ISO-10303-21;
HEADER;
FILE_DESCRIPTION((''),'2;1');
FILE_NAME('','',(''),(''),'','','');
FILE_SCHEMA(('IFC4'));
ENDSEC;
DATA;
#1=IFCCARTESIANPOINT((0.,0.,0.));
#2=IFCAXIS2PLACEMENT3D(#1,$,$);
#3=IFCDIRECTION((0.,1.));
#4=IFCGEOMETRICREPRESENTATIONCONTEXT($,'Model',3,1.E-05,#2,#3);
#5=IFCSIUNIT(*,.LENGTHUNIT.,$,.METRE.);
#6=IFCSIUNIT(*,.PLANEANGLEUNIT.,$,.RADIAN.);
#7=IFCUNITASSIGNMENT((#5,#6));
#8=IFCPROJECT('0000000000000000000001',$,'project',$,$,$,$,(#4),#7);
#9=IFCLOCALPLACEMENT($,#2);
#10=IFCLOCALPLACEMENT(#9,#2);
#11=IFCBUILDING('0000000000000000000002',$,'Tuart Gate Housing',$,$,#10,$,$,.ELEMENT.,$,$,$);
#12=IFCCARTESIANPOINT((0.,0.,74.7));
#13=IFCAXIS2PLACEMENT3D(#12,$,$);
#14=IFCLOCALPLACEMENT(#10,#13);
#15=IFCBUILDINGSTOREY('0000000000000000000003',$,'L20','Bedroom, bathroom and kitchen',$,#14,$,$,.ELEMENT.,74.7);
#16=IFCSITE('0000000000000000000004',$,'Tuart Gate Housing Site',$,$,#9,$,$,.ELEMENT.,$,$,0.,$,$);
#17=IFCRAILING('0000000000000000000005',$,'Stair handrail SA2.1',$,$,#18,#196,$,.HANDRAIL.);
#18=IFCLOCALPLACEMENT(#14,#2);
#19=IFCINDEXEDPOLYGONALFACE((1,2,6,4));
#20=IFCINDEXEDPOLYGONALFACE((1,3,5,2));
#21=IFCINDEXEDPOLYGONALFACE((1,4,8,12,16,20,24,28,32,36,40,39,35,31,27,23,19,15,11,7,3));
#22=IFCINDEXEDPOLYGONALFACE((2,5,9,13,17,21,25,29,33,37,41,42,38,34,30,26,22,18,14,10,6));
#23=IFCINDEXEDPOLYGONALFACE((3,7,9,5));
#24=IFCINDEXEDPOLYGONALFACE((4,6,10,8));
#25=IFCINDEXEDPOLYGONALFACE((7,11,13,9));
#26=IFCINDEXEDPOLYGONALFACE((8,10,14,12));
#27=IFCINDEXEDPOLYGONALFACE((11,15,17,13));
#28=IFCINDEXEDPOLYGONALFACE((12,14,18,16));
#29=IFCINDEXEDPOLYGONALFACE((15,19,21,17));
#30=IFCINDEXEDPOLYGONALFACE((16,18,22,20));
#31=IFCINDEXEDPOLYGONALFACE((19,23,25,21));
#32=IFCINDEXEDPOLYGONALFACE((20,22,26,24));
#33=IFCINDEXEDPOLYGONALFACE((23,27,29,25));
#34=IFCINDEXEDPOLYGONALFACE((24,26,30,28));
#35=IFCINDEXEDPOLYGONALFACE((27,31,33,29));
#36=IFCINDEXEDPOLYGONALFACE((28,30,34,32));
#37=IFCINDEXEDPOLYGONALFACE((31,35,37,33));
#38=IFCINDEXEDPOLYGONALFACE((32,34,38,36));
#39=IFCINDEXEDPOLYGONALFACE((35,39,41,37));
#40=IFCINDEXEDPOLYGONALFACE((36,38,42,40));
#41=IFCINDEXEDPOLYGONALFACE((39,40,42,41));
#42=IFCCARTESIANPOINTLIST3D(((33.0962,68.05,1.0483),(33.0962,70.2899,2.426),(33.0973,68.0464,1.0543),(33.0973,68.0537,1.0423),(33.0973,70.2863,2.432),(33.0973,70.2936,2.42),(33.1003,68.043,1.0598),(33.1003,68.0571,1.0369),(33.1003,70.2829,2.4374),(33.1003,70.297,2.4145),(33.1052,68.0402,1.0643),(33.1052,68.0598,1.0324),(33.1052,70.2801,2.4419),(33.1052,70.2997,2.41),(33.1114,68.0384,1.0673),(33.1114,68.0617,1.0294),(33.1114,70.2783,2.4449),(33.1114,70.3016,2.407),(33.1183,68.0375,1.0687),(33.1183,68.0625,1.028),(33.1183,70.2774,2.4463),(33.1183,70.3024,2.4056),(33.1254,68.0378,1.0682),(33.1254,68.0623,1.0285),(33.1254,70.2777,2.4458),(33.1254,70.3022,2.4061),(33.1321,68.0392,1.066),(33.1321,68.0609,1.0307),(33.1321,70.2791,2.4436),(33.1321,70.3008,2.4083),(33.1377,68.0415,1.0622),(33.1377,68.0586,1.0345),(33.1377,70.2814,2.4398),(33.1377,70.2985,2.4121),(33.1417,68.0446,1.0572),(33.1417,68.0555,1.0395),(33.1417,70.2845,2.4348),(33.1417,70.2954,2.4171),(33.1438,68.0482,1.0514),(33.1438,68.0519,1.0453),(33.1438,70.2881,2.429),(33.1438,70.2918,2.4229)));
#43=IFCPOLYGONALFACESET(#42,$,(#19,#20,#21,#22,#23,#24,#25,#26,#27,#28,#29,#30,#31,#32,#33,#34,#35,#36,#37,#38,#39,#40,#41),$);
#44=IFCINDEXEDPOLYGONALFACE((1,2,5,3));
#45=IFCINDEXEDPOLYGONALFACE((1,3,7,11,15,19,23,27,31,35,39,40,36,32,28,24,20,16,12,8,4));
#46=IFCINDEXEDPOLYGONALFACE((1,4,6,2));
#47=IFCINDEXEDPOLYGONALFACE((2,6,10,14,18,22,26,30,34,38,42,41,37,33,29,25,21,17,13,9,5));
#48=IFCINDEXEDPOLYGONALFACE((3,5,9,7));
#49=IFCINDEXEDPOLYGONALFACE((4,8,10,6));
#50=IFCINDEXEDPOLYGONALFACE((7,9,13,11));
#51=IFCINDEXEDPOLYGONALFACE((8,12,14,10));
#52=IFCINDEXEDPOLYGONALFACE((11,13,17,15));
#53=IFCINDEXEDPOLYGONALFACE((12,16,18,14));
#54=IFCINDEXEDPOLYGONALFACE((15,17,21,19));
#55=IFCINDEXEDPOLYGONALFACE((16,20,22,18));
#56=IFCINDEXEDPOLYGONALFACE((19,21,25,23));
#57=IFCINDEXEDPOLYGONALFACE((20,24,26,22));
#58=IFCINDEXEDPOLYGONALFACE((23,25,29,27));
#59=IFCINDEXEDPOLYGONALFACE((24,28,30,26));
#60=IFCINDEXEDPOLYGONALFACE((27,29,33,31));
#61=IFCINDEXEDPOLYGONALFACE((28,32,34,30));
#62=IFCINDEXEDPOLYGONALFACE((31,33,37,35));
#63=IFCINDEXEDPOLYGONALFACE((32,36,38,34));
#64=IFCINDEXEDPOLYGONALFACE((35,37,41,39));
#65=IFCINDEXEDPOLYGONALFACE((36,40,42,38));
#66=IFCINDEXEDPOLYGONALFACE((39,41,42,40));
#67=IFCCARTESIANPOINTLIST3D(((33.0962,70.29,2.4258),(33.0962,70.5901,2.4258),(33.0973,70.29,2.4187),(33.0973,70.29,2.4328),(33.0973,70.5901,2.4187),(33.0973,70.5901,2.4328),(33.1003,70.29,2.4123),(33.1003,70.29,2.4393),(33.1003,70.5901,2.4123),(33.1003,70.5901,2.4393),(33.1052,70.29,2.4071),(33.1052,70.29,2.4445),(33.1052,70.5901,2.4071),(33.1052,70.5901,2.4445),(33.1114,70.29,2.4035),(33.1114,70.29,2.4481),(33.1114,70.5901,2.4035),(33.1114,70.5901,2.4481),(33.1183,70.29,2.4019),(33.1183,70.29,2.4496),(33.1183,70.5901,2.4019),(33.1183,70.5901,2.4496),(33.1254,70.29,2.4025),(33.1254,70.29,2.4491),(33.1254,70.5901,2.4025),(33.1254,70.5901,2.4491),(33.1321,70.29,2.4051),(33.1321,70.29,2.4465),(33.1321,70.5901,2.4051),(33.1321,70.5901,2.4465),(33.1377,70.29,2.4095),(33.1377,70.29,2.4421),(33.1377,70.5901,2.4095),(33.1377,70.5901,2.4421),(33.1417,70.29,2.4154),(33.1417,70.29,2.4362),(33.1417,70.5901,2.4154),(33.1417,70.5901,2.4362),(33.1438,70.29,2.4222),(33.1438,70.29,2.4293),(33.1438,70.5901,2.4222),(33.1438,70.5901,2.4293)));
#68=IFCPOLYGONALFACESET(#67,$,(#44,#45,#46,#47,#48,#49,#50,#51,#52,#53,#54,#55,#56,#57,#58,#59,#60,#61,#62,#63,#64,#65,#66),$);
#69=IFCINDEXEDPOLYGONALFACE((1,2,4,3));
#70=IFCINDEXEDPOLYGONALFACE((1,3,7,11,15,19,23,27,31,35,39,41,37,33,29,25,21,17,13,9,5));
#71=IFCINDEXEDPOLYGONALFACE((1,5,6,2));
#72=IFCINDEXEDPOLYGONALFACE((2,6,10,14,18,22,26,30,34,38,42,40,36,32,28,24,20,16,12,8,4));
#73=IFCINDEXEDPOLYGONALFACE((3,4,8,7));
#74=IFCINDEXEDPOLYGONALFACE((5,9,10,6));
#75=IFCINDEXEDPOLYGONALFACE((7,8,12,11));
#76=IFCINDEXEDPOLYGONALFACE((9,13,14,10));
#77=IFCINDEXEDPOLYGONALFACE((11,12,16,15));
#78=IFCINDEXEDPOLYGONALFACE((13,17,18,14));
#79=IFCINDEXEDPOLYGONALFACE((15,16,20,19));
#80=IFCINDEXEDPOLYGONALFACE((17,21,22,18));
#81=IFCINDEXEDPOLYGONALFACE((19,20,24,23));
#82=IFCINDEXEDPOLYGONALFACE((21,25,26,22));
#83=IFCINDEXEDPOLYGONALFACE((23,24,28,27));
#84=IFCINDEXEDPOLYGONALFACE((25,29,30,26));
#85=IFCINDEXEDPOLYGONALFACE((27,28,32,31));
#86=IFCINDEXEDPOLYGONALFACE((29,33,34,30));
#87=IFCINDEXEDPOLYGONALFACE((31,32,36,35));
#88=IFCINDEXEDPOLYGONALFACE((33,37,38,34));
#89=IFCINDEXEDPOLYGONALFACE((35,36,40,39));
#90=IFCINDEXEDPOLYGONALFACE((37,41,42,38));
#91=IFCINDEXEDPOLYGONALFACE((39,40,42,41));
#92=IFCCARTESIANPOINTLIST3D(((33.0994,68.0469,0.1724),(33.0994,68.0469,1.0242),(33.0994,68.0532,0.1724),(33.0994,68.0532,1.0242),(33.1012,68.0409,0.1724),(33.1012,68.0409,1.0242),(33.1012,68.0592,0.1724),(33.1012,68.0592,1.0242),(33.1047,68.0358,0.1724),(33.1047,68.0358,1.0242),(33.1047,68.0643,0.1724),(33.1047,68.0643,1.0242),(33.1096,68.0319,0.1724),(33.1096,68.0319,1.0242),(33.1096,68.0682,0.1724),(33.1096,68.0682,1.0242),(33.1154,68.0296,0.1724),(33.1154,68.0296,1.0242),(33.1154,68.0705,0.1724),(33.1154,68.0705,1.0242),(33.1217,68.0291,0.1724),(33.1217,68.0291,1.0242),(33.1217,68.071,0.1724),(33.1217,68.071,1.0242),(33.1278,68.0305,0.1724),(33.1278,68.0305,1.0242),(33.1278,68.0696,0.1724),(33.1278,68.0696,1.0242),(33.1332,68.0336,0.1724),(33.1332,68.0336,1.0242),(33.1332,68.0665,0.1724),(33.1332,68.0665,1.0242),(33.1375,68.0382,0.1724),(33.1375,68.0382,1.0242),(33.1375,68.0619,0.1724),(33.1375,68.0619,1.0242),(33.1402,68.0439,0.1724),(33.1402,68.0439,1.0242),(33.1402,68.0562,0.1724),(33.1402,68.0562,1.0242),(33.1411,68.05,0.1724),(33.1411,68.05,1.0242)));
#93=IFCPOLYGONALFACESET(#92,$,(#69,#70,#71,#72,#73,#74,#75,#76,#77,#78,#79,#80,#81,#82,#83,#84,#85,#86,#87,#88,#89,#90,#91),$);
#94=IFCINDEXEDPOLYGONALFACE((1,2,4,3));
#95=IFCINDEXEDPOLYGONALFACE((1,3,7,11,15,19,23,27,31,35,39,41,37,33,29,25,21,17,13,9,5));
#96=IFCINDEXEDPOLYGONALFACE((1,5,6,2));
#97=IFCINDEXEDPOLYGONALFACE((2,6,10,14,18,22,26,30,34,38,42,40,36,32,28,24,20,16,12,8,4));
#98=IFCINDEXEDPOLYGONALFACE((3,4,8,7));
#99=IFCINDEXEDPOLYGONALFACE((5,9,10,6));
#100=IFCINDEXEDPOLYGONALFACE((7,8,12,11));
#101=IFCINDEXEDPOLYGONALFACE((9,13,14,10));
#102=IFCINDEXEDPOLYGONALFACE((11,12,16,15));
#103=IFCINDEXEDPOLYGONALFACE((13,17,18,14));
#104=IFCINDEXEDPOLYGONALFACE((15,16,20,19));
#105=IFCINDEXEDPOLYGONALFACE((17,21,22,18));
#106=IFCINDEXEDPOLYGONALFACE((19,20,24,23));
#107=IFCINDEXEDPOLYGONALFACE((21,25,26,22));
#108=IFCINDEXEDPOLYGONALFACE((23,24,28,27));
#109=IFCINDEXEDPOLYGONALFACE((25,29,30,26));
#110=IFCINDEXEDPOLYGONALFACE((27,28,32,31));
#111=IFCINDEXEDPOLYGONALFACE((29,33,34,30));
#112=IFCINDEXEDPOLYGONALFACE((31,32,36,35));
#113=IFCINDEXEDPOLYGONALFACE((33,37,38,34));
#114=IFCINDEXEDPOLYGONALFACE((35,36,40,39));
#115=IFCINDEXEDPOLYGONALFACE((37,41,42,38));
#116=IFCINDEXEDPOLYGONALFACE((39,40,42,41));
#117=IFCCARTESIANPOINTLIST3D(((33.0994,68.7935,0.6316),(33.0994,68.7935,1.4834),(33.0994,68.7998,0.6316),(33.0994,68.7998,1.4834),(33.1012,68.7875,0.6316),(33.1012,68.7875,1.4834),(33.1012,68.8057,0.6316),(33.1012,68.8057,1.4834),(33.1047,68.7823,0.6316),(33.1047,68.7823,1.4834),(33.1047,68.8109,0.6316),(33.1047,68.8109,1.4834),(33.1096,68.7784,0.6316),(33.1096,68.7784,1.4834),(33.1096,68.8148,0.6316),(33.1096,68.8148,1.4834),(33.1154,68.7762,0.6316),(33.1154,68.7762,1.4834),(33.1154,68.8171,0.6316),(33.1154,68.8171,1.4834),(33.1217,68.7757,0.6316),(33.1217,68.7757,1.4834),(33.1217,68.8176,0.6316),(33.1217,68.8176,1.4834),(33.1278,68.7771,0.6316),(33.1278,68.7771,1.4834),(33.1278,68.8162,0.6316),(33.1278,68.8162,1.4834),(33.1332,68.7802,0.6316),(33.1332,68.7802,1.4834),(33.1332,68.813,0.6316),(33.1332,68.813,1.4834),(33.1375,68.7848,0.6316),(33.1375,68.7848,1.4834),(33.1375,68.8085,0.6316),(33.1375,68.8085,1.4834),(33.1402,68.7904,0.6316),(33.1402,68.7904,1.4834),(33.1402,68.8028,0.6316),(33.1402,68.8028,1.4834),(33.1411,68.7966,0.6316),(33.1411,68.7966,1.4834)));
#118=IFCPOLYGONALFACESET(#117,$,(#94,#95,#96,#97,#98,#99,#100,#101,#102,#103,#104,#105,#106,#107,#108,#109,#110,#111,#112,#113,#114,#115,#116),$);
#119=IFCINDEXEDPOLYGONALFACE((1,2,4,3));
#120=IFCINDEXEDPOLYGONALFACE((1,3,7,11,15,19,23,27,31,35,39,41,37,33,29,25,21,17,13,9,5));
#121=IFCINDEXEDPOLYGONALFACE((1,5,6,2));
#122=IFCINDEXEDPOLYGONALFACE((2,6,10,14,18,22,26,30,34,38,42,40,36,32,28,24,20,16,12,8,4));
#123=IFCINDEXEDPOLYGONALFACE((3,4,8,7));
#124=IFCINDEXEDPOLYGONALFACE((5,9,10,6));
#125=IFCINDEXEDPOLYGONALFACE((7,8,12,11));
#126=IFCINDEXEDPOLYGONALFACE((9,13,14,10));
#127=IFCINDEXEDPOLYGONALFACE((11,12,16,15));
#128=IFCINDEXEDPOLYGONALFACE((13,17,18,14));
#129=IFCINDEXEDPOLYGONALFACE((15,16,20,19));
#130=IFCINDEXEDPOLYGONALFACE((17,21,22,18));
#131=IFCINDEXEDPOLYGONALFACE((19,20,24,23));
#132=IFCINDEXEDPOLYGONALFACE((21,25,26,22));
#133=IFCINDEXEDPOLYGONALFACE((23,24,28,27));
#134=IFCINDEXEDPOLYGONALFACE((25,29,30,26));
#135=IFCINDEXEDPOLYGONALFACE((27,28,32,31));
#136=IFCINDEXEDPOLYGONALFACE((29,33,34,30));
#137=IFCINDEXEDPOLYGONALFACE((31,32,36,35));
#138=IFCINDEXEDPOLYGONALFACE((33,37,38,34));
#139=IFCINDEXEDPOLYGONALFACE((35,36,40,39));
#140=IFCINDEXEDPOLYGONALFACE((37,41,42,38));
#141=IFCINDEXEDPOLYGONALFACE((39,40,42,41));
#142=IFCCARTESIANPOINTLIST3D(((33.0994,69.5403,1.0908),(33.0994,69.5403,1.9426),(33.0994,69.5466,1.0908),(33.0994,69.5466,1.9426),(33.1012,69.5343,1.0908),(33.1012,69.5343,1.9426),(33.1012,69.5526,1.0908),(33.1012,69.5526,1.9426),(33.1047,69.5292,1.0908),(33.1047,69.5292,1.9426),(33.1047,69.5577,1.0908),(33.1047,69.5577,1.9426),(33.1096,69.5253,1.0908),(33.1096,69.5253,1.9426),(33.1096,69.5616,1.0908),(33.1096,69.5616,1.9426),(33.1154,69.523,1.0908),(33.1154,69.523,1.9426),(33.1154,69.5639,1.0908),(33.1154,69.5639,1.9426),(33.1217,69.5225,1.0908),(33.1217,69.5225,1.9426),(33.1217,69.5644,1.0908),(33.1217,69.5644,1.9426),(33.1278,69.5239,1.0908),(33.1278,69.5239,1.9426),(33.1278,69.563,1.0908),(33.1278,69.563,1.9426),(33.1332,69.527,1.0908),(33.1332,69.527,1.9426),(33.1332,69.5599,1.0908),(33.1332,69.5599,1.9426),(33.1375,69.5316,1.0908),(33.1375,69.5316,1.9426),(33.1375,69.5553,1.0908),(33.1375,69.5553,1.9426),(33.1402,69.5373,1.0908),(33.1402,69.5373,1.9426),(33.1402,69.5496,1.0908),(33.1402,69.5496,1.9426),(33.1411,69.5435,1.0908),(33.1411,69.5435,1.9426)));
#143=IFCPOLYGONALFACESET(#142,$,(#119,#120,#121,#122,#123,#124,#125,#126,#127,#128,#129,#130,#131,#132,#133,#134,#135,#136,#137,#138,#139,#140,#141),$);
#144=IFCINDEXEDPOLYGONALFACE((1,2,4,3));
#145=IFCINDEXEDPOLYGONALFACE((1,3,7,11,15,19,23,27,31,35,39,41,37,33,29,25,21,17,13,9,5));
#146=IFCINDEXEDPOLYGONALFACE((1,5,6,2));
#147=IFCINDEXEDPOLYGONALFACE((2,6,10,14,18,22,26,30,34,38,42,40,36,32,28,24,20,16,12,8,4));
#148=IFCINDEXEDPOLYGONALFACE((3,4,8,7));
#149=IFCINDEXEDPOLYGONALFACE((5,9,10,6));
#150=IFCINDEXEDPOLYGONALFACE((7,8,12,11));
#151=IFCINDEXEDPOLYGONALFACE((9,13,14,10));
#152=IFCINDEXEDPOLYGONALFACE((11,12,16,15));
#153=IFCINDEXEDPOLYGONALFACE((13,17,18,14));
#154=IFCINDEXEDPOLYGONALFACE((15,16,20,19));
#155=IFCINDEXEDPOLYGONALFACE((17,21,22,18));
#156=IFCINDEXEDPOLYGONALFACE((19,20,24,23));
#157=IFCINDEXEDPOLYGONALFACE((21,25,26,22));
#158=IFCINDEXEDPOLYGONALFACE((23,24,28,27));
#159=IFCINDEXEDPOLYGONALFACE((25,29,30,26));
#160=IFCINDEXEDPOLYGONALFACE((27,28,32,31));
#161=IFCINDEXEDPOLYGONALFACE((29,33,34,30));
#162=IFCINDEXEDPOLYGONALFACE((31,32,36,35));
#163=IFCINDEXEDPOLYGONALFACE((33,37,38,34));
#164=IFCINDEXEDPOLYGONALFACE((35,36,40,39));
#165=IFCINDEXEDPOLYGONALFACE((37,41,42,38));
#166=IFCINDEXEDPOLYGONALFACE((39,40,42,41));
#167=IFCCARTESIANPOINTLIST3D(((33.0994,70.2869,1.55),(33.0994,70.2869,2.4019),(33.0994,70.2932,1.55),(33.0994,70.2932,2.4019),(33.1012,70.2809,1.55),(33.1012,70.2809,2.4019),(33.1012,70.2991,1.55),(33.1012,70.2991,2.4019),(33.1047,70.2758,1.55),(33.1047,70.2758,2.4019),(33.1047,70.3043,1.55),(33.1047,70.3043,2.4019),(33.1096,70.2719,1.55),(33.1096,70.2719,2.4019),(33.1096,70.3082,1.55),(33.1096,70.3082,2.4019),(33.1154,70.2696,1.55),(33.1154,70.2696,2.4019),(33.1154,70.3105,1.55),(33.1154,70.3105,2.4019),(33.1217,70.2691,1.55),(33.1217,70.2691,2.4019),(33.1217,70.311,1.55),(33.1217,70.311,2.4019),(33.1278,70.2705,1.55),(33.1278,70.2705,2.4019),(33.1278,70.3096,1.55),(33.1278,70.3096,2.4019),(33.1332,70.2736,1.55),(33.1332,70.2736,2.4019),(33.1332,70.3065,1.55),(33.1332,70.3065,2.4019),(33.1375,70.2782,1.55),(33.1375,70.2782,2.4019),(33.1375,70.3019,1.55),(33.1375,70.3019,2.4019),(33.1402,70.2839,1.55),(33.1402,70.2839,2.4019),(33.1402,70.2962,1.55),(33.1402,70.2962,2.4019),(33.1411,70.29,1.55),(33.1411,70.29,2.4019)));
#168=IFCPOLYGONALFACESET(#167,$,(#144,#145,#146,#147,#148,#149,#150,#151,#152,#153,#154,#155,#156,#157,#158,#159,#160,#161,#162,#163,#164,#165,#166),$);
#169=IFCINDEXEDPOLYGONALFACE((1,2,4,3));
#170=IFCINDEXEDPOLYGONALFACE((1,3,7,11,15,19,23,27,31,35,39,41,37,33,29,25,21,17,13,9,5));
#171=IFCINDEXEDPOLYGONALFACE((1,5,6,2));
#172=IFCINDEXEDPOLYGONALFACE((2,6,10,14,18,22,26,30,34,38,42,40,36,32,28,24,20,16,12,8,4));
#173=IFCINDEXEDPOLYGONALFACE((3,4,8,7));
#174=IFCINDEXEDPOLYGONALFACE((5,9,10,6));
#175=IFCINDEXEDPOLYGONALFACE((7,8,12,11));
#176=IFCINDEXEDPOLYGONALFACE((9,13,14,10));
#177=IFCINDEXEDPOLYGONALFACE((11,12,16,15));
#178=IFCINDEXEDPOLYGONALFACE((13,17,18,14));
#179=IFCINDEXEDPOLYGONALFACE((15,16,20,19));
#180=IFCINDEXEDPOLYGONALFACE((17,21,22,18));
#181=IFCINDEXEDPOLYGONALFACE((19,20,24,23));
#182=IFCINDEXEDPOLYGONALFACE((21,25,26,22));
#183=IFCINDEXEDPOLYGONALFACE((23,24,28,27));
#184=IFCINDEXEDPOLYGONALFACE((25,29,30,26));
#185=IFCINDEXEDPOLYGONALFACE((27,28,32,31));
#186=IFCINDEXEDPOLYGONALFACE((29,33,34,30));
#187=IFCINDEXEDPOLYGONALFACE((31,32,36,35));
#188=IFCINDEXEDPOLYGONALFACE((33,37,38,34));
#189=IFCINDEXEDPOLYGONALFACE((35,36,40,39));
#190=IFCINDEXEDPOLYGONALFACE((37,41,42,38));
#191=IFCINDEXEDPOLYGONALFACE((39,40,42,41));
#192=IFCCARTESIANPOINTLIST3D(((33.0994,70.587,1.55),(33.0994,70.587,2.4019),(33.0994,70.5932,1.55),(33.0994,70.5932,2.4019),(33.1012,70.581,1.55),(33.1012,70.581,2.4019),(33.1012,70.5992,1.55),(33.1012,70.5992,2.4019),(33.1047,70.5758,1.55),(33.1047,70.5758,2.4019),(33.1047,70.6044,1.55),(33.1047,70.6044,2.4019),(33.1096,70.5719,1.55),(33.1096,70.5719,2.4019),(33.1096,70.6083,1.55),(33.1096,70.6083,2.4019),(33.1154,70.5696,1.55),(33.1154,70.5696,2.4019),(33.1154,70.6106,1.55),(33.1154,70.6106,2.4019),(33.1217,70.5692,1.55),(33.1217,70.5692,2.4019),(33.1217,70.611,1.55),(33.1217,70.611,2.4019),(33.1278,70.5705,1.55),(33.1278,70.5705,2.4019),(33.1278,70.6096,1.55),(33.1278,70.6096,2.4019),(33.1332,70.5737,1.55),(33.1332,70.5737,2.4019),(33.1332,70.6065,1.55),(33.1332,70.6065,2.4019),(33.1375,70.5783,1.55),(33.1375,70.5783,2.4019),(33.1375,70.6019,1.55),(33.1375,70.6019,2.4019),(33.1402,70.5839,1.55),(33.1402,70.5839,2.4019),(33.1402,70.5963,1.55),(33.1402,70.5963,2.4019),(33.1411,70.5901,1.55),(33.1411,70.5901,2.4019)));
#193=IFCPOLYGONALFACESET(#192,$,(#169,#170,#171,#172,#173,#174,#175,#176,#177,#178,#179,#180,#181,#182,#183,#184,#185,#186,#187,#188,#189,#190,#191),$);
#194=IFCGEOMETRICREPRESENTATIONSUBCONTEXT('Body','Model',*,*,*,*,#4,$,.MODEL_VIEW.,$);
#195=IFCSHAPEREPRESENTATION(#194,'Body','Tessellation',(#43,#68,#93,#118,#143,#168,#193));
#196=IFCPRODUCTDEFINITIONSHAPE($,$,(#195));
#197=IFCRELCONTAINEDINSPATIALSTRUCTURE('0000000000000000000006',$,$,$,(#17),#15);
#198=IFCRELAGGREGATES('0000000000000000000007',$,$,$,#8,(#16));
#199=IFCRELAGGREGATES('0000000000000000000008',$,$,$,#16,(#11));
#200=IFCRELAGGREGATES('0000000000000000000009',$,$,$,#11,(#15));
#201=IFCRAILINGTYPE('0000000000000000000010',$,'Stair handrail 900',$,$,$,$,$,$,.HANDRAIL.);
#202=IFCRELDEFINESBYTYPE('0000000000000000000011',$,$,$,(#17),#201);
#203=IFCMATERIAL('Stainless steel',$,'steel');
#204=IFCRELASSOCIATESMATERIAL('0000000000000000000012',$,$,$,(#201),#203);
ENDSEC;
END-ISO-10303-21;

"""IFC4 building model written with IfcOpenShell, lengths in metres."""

from ifc_helpers import new_model, si_unit, direction, frame, origin, origin_2d, place, context, subcontext, project, spatial, circle, extrude, material, type_object, element, save


model = new_model("IFC4")

# Units and contexts
model_context = context("Model", 3, precision=1e-05, world=origin(), true_north=direction((0.0, 1.0)))
body_context = subcontext(model_context, "Body", "Model", "MODEL_VIEW")
ifc_project = project(units=[si_unit("LENGTHUNIT", "METRE"), si_unit("PLANEANGLEUNIT", "RADIAN")], contexts=[model_context])

# Site, building, storey
site_placement = place(None, origin())
site = spatial("IfcSite", under=ifc_project, at=site_placement, Name="Tuart Gate Housing Site", CompositionType="ELEMENT", RefElevation=0.0)
building_placement = place(site_placement, origin())
building = spatial("IfcBuilding", under=site, at=building_placement, Name="Tuart Gate Housing", CompositionType="ELEMENT")
storey_placement = place(building_placement, frame((0.0, 0.0, 74.7)))
storey = spatial("IfcBuildingStorey", under=building, at=storey_placement, Name="L20", Description="Bedroom, bathroom and kitchen", CompositionType="ELEMENT", Elevation=74.7)

# Railing
ifc_material_1 = material(Name="Stainless steel", Category="steel")
railing_type = type_object("IfcRailingType", Name="Stair handrail 900", PredefinedType="HANDRAIL", material=ifc_material_1)
railing_placement = place(storey_placement, frame((33.1201, 68.05, 0.1724)))
element("IfcRailing", 1, at=railing_placement, inside=storey, type_object=railing_type, Name="Stair handrail SA2.1", PredefinedType="HANDRAIL", context=body_context, shape_type="SweptSolid", body=[
    extrude(circle(Radius=0.0239, at=origin_2d()), frame((0.0, 0.0, 0.876), z_axis=(0.0, 0.851789, 0.523885), x_axis=(-1.0, 0.0, 0.0)), (0.0, 0.0, 1.0), 2.6296),
    extrude(circle(Radius=0.0239, at=origin_2d()), frame((0.0, 2.24, 2.2534), z_axis=(0.0, 1.0, 0.0), x_axis=(-1.0, 0.0, 0.0)), (0.0, 0.0, 1.0), 0.3),
    extrude(circle(Radius=0.021, at=origin_2d()), origin(), (0.0, 0.0, 1.0), 0.8518),
    extrude(circle(Radius=0.021, at=origin_2d()), frame((0.0, 0.7466, 0.4592)), (0.0, 0.0, 1.0), 0.8518),
    extrude(circle(Radius=0.021, at=origin_2d()), frame((0.0, 1.4934, 0.9185)), (0.0, 0.0, 1.0), 0.8518),
    extrude(circle(Radius=0.021, at=origin_2d()), frame((0.0, 2.24, 1.3777)), (0.0, 0.0, 1.0), 0.8518),
    extrude(circle(Radius=0.021, at=origin_2d()), frame((0.0, 2.54, 1.3777)), (0.0, 0.0, 1.0), 0.8518),
])

save(model, "model.ifc")
